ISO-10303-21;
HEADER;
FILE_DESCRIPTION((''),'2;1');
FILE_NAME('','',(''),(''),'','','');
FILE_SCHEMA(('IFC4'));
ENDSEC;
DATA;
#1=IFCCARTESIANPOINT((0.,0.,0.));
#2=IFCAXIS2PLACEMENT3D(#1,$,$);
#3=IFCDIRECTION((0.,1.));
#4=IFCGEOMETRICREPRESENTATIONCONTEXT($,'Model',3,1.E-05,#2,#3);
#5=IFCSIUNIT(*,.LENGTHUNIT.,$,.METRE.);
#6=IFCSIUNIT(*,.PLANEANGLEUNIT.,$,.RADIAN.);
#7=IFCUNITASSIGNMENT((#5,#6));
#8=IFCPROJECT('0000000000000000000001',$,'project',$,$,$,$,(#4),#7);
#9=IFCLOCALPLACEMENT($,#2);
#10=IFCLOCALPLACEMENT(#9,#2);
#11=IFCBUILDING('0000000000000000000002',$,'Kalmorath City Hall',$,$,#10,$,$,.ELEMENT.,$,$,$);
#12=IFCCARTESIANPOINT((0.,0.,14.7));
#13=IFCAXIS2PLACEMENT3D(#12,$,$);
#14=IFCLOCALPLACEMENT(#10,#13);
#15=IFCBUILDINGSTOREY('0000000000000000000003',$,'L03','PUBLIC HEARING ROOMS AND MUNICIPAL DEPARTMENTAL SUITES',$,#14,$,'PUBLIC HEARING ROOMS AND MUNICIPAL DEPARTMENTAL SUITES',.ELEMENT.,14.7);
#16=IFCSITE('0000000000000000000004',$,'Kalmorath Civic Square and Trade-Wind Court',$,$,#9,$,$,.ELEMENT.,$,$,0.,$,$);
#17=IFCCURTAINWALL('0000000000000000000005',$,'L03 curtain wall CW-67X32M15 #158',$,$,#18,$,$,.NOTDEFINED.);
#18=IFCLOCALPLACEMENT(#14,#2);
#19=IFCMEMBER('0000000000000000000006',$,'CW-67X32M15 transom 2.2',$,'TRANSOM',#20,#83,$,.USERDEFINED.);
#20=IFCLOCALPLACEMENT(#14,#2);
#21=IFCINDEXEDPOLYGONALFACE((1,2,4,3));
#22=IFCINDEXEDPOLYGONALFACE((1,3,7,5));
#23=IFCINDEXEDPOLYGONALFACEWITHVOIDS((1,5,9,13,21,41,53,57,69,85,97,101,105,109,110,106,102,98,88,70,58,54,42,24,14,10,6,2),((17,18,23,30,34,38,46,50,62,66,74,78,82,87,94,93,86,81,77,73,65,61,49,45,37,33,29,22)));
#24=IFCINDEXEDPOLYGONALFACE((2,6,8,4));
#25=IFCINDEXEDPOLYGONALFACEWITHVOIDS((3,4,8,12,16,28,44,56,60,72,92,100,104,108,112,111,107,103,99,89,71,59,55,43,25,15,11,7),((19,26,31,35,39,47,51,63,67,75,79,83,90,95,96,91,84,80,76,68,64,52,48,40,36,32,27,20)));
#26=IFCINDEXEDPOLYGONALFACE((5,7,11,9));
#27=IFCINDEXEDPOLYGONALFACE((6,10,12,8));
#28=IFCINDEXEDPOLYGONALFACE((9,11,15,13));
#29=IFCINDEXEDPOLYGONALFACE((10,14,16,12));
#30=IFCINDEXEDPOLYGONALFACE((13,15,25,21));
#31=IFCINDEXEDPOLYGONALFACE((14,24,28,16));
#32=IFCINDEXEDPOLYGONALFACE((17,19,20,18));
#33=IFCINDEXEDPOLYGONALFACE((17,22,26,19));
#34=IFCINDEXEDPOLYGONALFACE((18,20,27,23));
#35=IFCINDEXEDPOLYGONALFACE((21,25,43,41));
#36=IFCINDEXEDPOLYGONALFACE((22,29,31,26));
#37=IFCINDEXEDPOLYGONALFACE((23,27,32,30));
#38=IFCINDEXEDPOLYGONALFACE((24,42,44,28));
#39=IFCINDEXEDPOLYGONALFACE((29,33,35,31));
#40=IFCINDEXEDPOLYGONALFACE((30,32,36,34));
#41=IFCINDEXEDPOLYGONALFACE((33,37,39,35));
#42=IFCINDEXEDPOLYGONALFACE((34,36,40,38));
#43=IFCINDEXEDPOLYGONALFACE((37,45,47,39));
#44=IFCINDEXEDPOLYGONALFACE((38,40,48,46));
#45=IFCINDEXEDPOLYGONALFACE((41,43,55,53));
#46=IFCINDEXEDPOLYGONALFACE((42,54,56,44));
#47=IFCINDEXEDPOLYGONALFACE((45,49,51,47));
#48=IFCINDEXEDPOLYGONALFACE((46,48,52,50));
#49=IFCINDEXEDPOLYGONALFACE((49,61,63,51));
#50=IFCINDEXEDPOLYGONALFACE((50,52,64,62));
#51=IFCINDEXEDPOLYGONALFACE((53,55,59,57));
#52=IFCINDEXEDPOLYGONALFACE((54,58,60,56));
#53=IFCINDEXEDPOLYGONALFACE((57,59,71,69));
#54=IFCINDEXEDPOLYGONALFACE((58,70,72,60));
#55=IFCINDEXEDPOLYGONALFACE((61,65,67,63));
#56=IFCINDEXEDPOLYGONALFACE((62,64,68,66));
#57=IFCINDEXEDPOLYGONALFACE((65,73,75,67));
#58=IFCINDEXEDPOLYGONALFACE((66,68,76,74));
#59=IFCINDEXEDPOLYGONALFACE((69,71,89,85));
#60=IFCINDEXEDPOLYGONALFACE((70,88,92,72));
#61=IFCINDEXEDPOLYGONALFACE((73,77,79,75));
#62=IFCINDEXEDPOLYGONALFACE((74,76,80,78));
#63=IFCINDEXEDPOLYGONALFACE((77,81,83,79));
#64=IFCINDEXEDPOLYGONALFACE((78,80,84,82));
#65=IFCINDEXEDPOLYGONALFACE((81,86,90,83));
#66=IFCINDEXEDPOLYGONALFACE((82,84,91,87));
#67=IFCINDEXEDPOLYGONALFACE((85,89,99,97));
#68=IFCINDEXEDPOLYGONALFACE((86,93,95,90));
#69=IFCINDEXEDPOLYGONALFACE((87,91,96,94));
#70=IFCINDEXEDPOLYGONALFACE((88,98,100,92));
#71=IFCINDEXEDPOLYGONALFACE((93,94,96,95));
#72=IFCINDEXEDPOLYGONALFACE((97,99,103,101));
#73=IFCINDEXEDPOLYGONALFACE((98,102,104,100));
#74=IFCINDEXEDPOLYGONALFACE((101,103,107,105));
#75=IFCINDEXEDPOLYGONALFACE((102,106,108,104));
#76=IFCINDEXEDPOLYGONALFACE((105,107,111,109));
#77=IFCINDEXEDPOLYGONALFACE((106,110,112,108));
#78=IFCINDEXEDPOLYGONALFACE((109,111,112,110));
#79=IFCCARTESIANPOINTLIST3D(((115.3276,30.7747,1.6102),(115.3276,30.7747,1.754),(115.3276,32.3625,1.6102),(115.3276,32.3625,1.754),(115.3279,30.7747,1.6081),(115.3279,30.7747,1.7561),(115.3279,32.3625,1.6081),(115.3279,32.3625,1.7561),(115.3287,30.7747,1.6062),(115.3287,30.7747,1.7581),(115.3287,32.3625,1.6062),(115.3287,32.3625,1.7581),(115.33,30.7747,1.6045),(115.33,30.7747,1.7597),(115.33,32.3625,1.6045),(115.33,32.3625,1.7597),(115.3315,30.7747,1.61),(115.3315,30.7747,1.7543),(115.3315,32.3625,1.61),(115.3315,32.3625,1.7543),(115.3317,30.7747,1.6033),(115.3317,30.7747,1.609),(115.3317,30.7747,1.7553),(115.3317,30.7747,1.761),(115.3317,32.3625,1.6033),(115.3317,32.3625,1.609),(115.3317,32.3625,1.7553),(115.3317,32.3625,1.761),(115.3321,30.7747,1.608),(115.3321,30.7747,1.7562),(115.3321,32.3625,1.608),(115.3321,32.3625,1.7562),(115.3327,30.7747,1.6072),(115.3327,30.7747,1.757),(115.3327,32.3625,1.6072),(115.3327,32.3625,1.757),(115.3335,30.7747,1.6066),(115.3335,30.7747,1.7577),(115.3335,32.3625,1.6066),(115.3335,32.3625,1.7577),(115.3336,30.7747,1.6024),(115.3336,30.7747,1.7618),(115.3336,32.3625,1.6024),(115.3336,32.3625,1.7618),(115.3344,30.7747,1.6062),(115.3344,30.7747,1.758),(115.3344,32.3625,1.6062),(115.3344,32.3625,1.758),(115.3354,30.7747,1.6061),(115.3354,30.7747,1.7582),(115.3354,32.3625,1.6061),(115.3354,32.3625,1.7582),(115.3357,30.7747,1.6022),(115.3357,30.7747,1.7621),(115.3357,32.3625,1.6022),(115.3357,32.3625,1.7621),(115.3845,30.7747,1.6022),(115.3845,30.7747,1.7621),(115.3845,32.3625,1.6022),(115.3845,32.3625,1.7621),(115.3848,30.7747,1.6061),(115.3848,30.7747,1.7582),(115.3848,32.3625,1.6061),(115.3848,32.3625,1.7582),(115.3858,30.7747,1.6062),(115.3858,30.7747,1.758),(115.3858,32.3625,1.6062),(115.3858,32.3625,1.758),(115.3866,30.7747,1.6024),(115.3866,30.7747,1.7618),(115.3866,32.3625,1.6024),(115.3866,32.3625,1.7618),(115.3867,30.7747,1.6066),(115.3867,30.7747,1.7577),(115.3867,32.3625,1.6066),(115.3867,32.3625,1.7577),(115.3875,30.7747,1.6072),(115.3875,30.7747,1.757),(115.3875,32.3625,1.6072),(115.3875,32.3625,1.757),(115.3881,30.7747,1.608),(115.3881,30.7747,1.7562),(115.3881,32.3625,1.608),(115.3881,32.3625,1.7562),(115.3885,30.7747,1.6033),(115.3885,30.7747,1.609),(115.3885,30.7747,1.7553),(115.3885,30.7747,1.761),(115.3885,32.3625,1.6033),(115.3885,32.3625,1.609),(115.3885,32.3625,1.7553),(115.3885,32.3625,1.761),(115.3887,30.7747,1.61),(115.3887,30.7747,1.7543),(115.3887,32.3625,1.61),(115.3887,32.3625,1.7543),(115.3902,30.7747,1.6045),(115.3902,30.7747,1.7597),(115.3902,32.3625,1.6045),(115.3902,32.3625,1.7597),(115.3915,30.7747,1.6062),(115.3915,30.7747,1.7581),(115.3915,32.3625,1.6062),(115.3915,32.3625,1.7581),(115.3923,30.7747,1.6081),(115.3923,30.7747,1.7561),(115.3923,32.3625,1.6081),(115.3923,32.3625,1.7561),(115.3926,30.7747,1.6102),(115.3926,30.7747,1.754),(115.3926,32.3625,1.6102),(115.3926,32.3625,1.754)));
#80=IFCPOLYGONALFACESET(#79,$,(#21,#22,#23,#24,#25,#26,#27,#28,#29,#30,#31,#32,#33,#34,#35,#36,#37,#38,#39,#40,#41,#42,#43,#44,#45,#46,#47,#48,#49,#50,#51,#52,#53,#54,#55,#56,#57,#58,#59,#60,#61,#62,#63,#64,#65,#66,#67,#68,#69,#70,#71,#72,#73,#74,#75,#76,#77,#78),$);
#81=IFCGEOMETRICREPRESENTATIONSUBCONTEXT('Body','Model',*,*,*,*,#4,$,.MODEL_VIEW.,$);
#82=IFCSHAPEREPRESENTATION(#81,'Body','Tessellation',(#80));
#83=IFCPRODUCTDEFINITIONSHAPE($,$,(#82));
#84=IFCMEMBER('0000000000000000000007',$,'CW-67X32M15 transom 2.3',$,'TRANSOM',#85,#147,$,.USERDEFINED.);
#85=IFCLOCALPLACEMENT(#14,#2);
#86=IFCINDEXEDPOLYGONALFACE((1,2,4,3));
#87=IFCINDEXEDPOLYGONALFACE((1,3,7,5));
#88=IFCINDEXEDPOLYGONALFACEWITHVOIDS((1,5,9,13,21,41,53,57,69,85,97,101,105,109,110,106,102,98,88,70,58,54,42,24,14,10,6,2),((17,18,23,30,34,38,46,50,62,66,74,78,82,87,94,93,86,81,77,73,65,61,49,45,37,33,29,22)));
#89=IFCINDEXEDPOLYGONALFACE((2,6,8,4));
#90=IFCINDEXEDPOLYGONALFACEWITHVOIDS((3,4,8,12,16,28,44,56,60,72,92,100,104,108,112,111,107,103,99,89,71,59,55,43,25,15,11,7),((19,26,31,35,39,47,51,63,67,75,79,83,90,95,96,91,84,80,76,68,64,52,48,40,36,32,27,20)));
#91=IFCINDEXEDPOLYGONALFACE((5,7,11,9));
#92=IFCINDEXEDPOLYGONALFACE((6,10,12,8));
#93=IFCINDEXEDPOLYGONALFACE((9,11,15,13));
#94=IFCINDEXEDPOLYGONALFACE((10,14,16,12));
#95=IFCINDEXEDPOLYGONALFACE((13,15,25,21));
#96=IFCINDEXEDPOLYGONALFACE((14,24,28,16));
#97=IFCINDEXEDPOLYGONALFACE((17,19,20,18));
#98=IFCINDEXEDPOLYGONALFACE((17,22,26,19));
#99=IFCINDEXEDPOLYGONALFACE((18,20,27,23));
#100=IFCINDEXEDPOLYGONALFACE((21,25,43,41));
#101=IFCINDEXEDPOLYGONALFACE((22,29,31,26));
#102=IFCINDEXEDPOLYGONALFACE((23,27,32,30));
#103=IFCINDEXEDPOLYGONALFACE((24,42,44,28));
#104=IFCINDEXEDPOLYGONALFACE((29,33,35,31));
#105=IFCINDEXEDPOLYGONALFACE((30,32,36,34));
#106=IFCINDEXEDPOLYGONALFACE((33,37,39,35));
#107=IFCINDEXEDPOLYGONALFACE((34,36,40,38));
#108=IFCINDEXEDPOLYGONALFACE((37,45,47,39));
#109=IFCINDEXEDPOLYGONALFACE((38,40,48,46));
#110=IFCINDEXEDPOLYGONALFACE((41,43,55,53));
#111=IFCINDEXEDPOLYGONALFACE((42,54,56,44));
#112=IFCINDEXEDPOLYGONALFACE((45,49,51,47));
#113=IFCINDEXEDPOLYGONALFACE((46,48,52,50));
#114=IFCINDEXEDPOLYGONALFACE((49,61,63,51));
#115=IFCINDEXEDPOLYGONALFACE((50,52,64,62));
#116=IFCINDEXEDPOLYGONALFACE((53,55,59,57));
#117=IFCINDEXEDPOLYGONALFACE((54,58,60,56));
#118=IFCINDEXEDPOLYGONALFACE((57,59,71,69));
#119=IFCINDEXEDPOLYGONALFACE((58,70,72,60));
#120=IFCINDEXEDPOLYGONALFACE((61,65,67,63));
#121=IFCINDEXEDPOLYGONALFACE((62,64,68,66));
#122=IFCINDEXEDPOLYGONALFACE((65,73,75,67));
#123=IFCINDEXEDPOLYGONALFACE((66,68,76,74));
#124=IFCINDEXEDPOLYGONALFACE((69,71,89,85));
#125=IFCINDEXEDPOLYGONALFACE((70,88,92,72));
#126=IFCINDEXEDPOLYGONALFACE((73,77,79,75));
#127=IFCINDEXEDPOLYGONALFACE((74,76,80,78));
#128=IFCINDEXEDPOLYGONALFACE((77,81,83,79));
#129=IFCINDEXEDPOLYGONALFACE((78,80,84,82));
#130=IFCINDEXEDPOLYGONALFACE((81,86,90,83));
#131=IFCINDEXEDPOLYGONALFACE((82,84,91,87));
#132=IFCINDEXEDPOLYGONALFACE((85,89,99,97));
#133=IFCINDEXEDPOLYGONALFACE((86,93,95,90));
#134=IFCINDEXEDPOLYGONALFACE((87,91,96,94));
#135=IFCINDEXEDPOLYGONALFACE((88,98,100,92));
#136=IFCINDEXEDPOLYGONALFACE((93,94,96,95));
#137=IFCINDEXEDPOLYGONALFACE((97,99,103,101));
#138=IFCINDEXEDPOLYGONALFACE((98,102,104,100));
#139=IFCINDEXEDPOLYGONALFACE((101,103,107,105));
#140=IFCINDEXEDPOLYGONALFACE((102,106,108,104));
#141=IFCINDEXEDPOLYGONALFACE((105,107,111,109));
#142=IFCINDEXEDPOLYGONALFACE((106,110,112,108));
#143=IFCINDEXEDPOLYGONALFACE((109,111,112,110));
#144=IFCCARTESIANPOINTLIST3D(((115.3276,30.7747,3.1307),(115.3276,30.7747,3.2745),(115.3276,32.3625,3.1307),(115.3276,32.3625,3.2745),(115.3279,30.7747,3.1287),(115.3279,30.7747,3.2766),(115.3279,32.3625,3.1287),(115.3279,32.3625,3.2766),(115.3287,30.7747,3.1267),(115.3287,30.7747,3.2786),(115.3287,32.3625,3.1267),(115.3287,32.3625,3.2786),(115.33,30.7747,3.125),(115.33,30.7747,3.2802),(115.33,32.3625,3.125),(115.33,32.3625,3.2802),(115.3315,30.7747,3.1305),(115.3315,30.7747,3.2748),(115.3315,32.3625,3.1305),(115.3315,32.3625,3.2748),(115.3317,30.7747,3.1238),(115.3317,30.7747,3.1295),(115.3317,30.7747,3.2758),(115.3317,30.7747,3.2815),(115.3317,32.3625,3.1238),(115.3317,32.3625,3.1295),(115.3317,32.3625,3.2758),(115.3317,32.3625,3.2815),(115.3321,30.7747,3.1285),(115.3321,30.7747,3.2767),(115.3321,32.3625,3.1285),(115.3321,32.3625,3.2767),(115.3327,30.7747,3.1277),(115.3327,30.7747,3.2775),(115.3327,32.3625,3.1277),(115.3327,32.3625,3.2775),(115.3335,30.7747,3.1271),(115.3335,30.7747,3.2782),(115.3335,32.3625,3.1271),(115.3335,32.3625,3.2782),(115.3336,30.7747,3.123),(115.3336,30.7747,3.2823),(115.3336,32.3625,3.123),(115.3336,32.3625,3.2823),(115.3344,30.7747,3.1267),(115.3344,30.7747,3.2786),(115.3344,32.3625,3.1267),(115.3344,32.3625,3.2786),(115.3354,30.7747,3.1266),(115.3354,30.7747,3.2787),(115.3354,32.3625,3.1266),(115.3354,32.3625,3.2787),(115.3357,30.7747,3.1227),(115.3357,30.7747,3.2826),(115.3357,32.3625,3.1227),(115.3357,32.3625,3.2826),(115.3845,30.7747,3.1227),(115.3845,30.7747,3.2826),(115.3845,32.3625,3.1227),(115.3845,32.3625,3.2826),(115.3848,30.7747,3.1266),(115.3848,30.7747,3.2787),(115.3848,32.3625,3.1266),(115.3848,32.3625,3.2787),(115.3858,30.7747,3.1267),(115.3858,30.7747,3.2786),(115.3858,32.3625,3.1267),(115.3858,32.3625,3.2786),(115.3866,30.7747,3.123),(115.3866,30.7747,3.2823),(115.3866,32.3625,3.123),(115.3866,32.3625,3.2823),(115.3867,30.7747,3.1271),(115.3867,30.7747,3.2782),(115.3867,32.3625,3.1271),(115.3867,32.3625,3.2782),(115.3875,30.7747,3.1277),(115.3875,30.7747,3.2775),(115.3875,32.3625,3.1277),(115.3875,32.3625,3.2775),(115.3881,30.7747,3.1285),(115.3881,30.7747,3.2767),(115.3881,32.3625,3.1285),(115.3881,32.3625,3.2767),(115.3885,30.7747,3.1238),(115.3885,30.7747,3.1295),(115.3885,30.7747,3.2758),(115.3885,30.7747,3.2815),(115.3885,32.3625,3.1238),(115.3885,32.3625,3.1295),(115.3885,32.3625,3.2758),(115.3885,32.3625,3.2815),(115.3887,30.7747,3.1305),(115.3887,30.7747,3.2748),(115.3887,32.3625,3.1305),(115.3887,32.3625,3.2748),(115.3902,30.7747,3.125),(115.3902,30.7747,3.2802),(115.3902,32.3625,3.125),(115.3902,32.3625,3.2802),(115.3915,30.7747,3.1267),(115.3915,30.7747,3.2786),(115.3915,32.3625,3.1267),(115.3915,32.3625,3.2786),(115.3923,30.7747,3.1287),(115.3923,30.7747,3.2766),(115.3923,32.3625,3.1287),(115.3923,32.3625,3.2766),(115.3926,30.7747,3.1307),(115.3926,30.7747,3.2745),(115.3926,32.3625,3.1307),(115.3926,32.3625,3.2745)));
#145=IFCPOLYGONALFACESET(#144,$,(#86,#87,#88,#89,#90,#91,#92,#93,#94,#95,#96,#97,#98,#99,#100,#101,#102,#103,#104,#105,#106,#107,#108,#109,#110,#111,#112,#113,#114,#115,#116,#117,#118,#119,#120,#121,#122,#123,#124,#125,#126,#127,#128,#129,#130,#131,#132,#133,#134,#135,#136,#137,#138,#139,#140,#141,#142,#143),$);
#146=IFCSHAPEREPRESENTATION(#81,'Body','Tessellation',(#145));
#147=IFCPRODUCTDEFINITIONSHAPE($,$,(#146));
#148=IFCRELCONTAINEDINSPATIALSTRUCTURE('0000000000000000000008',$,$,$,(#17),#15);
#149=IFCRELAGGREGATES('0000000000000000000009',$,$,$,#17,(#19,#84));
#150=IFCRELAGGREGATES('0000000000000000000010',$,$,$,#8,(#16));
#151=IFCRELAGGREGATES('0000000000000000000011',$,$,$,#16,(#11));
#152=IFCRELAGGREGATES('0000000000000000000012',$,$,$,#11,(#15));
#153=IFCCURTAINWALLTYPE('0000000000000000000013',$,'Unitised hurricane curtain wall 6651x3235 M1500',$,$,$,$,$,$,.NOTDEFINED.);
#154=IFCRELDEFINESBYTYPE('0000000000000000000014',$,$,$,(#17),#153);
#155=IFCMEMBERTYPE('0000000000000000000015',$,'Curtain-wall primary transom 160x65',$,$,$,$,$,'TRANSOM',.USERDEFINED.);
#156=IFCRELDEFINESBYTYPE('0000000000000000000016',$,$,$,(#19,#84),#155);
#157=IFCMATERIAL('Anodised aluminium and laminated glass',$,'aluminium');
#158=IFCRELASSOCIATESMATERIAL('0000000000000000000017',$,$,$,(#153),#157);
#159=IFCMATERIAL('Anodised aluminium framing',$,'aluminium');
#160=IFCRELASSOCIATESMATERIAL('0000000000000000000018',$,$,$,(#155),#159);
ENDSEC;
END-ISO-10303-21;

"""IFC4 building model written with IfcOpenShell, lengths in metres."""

from ifc_helpers import new_model, si_unit, direction, frame, origin, origin_2d, place, context, subcontext, project, spatial, hollow_rectangle, extrude, material, material_profile, profile_set, type_object, element, aggregate, save


model = new_model("IFC4")

# Units and contexts
model_context = context("Model", 3, precision=1e-05, world=origin(), true_north=direction((0.0, 1.0)))
body_context = subcontext(model_context, "Body", "Model", "MODEL_VIEW")
ifc_project = project(units=[si_unit("LENGTHUNIT", "METRE"), si_unit("PLANEANGLEUNIT", "RADIAN")], contexts=[model_context])

# Site, building, storey
site_placement = place(None, origin())
site = spatial("IfcSite", under=ifc_project, at=site_placement, Name="Kalmorath Civic Square and Trade-Wind Court", CompositionType="ELEMENT", RefElevation=0.0)
building_placement = place(site_placement, origin())
building = spatial("IfcBuilding", under=site, at=building_placement, Name="Kalmorath City Hall", CompositionType="ELEMENT")
storey_placement = place(building_placement, frame((0.0, 0.0, 14.7)))
storey = spatial("IfcBuildingStorey", under=building, at=storey_placement, Name="L03", Description="PUBLIC HEARING ROOMS AND MUNICIPAL DEPARTMENTAL SUITES", LongName="PUBLIC HEARING ROOMS AND MUNICIPAL DEPARTMENTAL SUITES", CompositionType="ELEMENT", Elevation=14.7)

# Curtain wall, members
ifc_material_1 = material(Name="Anodised aluminium and laminated glass", Category="aluminium")
curtain_wall_type = type_object("IfcCurtainWallType", Name="Unitised hurricane curtain wall 6651x3235 M1500", PredefinedType="NOTDEFINED", material=ifc_material_1)
curtain_wall_placement = place(storey_placement, origin())
curtain_wall = element("IfcCurtainWall", 1, at=curtain_wall_placement, inside=storey, type_object=curtain_wall_type, Name="L03 curtain wall CW-67X32M15 #158", PredefinedType="NOTDEFINED")
ifc_material_2 = material(Name="Anodised aluminium framing", Category="aluminium")
ifc_material_profile_1 = material_profile(ifc_material_2, hollow_rectangle(XDim=0.0649, YDim=0.1599, WallThickness=0.0039, InnerFilletRadius=0.0039, OuterFilletRadius=0.0081, at=origin_2d()), Name="ALU-TRN-160X65X4")
ifc_profile_set_1 = profile_set([ifc_material_profile_1], Name="Anodised aluminium framing")
member_type_1 = type_object("IfcMemberType", Name="Curtain-wall primary transom 160x65", ElementType="TRANSOM", PredefinedType="USERDEFINED", material=ifc_profile_set_1)
member_1_placement = place(storey_placement, frame((115.3601, 30.7747, 1.6821), z_axis=(0.0, 1.0, 0.0), x_axis=(-1.0, 0.0, 0.0)))
member_1 = element("IfcMember", 2, at=member_1_placement, type_object=member_type_1, Name="CW-67X32M15 transom 2.2", ObjectType="TRANSOM", PredefinedType="USERDEFINED", context=body_context, shape_type="SweptSolid", body=[
    extrude(hollow_rectangle(XDim=0.0649, YDim=0.1599, WallThickness=0.0039, InnerFilletRadius=0.0039, OuterFilletRadius=0.0081, at=origin_2d()), origin(), (0.0, 0.0, 1.0), 1.5879),
])
member_2_placement = place(storey_placement, frame((115.3601, 30.7747, 3.2026), z_axis=(0.0, 1.0, 0.0), x_axis=(-1.0, 0.0, 0.0)))
member_2 = element("IfcMember", 3, at=member_2_placement, type_object=member_type_1, Name="CW-67X32M15 transom 2.3", ObjectType="TRANSOM", PredefinedType="USERDEFINED", context=body_context, shape_type="SweptSolid", body=[
    extrude(hollow_rectangle(XDim=0.0649, YDim=0.1599, WallThickness=0.0039, InnerFilletRadius=0.0039, OuterFilletRadius=0.0081, at=origin_2d()), origin(), (0.0, 0.0, 1.0), 1.5879),
])
aggregate(curtain_wall, [member_1, member_2])

save(model, "model.ifc")
